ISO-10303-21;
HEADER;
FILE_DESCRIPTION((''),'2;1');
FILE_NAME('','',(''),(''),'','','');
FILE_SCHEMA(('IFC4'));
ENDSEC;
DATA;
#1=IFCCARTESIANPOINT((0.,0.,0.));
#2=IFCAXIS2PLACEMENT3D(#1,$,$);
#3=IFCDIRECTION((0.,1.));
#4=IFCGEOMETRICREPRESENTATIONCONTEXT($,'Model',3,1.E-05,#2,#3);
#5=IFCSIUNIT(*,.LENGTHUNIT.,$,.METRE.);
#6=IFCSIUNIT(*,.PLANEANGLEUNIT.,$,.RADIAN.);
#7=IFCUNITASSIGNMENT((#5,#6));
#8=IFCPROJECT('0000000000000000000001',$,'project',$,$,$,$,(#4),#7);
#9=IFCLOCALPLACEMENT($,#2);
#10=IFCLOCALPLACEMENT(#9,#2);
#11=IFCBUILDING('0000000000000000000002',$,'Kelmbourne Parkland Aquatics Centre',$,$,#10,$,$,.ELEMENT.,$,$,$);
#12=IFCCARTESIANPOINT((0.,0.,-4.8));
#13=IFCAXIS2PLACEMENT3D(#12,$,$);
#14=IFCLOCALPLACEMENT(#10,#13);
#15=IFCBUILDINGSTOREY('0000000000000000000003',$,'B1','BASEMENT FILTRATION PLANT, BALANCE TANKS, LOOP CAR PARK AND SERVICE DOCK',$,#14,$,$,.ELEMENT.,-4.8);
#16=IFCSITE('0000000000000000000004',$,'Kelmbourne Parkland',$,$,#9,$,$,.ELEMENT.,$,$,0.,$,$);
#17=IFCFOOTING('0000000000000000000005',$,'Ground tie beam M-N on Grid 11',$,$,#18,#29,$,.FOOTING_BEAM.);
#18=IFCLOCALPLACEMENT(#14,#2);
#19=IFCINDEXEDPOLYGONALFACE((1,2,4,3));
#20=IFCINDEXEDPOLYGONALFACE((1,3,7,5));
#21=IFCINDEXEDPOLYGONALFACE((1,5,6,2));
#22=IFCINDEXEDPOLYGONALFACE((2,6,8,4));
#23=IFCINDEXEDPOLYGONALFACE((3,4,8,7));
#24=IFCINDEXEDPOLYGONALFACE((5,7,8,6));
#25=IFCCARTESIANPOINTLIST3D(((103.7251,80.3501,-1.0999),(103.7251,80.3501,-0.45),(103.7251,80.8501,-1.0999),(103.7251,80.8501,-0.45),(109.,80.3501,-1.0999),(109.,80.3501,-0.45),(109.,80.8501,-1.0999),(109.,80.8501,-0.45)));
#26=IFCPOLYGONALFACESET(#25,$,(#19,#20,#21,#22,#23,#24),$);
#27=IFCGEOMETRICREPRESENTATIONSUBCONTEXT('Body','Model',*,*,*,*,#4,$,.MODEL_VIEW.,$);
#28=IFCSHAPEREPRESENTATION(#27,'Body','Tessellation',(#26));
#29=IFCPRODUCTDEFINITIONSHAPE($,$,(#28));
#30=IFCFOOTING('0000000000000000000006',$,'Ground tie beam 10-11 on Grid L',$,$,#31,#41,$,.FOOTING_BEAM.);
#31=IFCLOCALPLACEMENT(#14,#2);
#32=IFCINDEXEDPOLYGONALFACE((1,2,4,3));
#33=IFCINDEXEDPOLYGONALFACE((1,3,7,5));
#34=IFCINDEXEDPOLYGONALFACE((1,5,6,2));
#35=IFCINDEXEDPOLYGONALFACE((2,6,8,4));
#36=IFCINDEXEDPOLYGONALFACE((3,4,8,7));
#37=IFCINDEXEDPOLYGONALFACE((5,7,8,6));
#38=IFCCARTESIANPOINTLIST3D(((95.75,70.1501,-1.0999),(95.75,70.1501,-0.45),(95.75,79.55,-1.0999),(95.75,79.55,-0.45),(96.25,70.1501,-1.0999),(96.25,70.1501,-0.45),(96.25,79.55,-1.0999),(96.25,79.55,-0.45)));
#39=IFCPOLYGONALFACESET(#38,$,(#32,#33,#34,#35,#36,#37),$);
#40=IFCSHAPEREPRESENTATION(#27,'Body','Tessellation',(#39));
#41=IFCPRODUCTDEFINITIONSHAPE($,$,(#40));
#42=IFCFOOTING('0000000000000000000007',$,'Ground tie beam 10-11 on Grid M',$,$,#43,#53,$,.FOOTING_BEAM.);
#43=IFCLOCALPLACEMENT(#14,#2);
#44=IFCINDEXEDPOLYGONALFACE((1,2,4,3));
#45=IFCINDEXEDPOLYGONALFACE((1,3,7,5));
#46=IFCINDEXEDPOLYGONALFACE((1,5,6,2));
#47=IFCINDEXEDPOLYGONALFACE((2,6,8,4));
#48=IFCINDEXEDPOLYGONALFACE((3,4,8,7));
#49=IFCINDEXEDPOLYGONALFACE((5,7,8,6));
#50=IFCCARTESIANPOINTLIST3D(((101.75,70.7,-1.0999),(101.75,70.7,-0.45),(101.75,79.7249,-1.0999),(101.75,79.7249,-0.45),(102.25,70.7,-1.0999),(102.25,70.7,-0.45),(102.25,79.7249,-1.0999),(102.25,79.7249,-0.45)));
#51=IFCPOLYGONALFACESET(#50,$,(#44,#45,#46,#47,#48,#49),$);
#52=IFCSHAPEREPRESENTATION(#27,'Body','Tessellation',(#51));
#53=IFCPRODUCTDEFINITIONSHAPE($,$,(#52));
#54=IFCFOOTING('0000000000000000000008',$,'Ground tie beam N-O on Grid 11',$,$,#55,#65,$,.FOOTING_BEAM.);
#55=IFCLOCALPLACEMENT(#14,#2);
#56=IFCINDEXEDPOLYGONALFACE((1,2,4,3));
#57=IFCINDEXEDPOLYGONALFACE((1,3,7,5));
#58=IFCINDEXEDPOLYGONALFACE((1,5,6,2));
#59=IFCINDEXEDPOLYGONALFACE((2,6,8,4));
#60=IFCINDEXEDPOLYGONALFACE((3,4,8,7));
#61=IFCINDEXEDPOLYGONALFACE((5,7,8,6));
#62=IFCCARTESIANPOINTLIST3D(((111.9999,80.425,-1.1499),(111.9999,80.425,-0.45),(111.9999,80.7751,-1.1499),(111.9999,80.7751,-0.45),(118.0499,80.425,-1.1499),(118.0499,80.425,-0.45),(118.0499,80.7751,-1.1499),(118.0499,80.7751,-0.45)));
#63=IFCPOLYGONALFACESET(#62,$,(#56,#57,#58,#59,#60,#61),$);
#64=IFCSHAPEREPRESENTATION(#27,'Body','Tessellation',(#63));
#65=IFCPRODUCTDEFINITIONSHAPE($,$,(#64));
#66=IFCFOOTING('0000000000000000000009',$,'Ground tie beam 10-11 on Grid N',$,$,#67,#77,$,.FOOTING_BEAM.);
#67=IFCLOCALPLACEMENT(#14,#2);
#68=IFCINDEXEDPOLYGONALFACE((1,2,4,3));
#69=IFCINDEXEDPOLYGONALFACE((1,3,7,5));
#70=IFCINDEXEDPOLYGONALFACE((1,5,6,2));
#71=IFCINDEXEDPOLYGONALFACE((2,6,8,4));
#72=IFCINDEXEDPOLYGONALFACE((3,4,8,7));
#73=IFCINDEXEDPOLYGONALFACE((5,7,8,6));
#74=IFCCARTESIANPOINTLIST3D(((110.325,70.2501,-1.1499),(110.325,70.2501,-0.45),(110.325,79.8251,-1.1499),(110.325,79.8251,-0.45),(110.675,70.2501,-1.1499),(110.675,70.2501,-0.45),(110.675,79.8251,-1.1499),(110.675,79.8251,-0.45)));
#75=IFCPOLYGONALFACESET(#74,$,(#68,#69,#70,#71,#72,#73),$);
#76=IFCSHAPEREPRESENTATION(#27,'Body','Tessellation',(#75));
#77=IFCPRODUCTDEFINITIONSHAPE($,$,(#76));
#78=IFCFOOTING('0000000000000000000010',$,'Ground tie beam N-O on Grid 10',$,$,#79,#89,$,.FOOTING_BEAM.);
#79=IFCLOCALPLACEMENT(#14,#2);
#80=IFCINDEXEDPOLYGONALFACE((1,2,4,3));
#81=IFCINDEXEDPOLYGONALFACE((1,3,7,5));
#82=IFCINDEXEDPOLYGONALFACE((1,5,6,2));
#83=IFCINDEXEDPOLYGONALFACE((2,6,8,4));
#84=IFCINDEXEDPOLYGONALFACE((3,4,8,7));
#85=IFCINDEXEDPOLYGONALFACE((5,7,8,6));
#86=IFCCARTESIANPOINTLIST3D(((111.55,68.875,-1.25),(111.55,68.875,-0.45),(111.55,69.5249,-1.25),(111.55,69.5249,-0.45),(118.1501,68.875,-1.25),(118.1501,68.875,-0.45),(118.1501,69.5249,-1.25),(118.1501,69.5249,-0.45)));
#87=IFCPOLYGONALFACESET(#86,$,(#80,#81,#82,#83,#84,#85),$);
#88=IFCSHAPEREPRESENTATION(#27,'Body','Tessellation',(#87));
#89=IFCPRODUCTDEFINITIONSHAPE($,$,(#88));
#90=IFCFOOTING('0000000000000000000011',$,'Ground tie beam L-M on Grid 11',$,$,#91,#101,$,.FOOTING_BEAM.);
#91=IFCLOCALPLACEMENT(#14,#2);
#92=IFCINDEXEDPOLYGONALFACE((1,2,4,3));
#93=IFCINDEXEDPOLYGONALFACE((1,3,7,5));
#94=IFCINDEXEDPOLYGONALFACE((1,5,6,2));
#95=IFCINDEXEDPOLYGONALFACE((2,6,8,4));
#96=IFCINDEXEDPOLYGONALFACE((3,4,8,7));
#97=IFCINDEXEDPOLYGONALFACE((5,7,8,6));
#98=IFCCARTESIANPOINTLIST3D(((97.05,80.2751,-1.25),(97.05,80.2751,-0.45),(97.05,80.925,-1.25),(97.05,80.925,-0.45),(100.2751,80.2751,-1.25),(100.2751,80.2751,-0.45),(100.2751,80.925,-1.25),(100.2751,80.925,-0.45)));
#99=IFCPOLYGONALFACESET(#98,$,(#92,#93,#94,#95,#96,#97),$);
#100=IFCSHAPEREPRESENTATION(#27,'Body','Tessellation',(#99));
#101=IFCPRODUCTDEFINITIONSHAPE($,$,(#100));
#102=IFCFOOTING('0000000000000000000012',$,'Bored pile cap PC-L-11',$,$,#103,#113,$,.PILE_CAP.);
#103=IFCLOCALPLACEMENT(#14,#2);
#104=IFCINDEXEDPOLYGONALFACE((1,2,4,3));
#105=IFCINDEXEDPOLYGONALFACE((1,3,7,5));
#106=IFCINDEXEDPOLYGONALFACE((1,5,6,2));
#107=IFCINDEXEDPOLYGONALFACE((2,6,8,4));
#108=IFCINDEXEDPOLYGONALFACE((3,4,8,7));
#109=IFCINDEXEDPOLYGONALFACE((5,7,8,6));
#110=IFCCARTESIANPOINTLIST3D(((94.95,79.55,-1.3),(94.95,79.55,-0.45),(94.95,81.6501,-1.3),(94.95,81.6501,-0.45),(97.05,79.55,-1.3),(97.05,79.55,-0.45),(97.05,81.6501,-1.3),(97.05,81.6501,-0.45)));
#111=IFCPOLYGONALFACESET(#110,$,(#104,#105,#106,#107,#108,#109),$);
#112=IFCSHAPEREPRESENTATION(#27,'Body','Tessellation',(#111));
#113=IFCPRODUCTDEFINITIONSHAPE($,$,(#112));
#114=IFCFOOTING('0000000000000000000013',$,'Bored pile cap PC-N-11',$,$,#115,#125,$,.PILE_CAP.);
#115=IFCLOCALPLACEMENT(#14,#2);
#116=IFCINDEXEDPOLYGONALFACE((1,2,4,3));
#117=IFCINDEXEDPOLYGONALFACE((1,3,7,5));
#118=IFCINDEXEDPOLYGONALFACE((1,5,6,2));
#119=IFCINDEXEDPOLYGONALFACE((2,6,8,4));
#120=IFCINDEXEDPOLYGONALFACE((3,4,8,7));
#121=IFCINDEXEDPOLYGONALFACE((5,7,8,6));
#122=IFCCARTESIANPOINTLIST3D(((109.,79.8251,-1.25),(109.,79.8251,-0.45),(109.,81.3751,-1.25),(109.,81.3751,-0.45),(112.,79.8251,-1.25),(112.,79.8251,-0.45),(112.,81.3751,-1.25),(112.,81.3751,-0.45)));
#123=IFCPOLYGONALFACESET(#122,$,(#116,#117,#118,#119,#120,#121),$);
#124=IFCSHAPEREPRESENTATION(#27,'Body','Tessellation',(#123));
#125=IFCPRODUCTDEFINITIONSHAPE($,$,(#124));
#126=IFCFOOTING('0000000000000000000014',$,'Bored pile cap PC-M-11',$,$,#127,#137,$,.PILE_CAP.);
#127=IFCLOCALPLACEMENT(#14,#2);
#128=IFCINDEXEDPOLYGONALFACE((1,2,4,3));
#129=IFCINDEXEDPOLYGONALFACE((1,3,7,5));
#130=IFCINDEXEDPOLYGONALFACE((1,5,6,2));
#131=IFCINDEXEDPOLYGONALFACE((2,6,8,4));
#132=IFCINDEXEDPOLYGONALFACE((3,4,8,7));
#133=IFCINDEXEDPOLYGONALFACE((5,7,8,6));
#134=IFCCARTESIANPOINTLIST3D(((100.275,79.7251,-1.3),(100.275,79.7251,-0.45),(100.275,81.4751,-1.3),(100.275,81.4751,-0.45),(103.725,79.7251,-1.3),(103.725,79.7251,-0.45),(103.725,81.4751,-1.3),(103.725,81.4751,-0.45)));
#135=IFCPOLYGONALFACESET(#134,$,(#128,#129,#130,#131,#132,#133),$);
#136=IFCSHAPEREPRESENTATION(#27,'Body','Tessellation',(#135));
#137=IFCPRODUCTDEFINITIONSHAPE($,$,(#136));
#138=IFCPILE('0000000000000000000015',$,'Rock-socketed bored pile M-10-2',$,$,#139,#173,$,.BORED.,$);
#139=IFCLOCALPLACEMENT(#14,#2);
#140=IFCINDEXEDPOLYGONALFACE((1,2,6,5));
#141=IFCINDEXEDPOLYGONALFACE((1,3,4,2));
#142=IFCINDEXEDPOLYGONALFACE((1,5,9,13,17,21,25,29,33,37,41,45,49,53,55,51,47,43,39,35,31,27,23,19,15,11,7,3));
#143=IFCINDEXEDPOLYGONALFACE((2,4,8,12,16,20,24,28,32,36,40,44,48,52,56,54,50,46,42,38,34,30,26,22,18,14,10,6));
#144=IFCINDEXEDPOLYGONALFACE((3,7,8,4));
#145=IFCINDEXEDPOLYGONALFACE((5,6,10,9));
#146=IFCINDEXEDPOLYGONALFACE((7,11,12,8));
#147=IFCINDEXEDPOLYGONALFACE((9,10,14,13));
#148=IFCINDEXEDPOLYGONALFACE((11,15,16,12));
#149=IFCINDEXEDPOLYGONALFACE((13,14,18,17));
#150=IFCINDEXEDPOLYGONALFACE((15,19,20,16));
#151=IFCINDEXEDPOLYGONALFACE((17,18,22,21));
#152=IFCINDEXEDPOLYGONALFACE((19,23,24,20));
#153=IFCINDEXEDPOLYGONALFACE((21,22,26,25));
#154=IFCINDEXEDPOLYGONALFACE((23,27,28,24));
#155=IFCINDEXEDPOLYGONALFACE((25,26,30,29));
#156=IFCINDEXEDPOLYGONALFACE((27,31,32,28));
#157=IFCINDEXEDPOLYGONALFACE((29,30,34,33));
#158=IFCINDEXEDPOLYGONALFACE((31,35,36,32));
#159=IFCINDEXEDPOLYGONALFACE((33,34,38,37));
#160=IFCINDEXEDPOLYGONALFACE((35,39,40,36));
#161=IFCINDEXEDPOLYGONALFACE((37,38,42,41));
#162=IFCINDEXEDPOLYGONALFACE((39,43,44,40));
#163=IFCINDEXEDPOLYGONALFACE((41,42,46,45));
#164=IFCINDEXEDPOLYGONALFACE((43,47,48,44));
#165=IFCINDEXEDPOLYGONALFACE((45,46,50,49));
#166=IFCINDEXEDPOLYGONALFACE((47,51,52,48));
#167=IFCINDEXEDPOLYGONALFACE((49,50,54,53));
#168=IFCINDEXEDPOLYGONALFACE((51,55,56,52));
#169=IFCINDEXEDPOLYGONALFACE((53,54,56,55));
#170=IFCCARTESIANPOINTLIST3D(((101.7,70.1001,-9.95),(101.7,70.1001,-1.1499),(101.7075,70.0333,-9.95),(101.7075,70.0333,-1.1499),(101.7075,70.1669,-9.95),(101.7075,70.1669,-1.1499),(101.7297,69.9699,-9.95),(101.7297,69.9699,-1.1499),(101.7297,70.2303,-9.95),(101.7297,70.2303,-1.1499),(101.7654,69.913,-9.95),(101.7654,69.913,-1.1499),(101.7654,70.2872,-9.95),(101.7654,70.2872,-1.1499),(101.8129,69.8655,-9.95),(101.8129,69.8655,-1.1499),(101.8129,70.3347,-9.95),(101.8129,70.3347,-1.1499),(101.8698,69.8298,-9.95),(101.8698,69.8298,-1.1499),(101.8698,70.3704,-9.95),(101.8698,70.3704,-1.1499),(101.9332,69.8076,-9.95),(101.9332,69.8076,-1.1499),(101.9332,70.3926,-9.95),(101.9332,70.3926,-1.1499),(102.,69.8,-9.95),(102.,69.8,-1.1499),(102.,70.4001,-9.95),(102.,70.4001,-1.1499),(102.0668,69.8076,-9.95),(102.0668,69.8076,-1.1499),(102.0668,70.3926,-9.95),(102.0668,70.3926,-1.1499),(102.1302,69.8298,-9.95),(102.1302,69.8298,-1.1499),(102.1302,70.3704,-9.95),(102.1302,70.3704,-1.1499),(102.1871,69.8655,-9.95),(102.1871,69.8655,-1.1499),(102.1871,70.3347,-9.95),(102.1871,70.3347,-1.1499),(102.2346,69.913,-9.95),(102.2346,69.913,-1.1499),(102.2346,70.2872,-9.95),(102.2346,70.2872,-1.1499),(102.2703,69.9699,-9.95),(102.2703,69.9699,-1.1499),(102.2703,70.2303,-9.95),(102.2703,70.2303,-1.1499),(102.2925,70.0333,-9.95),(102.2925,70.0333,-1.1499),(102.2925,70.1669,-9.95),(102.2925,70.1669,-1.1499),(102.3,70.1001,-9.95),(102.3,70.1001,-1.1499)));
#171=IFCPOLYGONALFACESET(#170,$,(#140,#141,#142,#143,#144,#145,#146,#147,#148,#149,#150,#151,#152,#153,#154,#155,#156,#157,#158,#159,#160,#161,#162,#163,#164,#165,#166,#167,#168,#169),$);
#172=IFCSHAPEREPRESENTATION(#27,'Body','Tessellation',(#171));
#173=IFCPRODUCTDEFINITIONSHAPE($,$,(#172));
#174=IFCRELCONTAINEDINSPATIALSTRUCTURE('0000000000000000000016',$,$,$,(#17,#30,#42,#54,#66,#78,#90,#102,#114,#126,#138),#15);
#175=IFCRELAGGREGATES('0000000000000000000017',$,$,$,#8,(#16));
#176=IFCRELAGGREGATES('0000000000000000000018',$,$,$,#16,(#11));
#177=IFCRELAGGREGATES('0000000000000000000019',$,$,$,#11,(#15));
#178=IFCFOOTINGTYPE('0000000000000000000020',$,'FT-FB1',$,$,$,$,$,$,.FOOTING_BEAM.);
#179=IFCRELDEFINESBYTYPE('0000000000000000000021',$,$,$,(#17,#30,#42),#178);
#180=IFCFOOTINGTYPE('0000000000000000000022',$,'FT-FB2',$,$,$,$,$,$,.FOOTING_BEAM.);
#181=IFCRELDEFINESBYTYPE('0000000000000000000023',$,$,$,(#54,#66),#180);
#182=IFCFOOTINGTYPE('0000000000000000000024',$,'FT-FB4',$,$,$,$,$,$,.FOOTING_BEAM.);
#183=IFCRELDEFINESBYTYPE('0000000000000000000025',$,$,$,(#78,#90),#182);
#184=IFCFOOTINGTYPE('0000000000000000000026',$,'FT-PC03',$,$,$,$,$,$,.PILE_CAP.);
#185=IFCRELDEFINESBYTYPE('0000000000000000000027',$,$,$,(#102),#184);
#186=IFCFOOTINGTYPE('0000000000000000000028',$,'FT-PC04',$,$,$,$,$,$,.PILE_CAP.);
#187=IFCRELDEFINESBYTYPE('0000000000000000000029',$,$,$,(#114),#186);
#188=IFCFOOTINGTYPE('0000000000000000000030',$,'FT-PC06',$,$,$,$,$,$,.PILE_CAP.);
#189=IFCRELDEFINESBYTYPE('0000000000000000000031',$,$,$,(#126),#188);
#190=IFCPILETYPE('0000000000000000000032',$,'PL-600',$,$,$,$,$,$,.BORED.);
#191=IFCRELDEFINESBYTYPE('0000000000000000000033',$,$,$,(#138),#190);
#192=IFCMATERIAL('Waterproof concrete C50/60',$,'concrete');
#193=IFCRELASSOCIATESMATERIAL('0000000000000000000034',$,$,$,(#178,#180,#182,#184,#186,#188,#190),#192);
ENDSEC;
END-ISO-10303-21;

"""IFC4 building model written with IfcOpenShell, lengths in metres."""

from ifc_helpers import new_model, si_unit, direction, frame, origin, origin_2d, place, context, subcontext, project, spatial, rectangle, circle, extrude, material, material_profile, profile_set, type_object, element, save


model = new_model("IFC4")

# Units and contexts
model_context = context("Model", 3, precision=1e-05, world=origin(), true_north=direction((0.0, 1.0)))
body_context = subcontext(model_context, "Body", "Model", "MODEL_VIEW")
ifc_project = project(units=[si_unit("LENGTHUNIT", "METRE"), si_unit("PLANEANGLEUNIT", "RADIAN")], contexts=[model_context])

# Site, building, storey
site_placement = place(None, origin())
site = spatial("IfcSite", under=ifc_project, at=site_placement, Name="Kelmbourne Parkland", CompositionType="ELEMENT", RefElevation=0.0)
building_placement = place(site_placement, origin())
building = spatial("IfcBuilding", under=site, at=building_placement, Name="Kelmbourne Parkland Aquatics Centre", CompositionType="ELEMENT")
storey_placement = place(building_placement, frame((0.0, 0.0, -4.8)))
storey = spatial("IfcBuildingStorey", under=building, at=storey_placement, Name="B1", Description="BASEMENT FILTRATION PLANT, BALANCE TANKS, LOOP CAR PARK AND SERVICE DOCK", CompositionType="ELEMENT", Elevation=-4.8)

# Footings
ifc_material_1 = material(Name="Waterproof concrete C50/60", Category="concrete")
footing_type_1 = type_object("IfcFootingType", Name="FT-FB1", PredefinedType="FOOTING_BEAM", material=ifc_material_1)
footing_1_placement = place(storey_placement, frame((106.3625, 80.6001, -1.0999), z_axis=(0.0, 0.0, 1.0), x_axis=(1.0, 0.0, 0.0)))
element("IfcFooting", 1, at=footing_1_placement, inside=storey, type_object=footing_type_1, Name="Ground tie beam M-N on Grid 11", PredefinedType="FOOTING_BEAM", context=body_context, shape_type="SweptSolid", body=[
    extrude(rectangle(XDim=5.2749, YDim=0.5, at=origin_2d()), origin(), (0.0, 0.0, 1.0), 0.6499),
])
footing_2_placement = place(storey_placement, frame((96.0, 74.8501, -1.0999), z_axis=(0.0, 0.0, 1.0), x_axis=(0.0, 1.0, 0.0)))
element("IfcFooting", 2, at=footing_2_placement, inside=storey, type_object=footing_type_1, Name="Ground tie beam 10-11 on Grid L", PredefinedType="FOOTING_BEAM", context=body_context, shape_type="SweptSolid", body=[
    extrude(rectangle(XDim=9.3999, YDim=0.5, at=origin_2d()), origin(), (0.0, 0.0, 1.0), 0.6499),
])
footing_3_placement = place(storey_placement, frame((102.0, 75.2124, -1.0999), z_axis=(0.0, 0.0, 1.0), x_axis=(0.0, 1.0, 0.0)))
element("IfcFooting", 3, at=footing_3_placement, inside=storey, type_object=footing_type_1, Name="Ground tie beam 10-11 on Grid M", PredefinedType="FOOTING_BEAM", context=body_context, shape_type="SweptSolid", body=[
    extrude(rectangle(XDim=9.0249, YDim=0.5, at=origin_2d()), origin(), (0.0, 0.0, 1.0), 0.6499),
])
footing_type_2 = type_object("IfcFootingType", Name="FT-FB2", PredefinedType="FOOTING_BEAM", material=ifc_material_1)
footing_4_placement = place(storey_placement, frame((115.0249, 80.6001, -1.1499), z_axis=(0.0, 0.0, 1.0), x_axis=(1.0, 0.0, 0.0)))
element("IfcFooting", 4, at=footing_4_placement, inside=storey, type_object=footing_type_2, Name="Ground tie beam N-O on Grid 11", PredefinedType="FOOTING_BEAM", context=body_context, shape_type="SweptSolid", body=[
    extrude(rectangle(XDim=6.05, YDim=0.3501, at=origin_2d()), origin(), (0.0, 0.0, 1.0), 0.7),
])
footing_5_placement = place(storey_placement, frame((110.5, 75.0376, -1.1499), z_axis=(0.0, 0.0, 1.0), x_axis=(0.0, 1.0, 0.0)))
element("IfcFooting", 5, at=footing_5_placement, inside=storey, type_object=footing_type_2, Name="Ground tie beam 10-11 on Grid N", PredefinedType="FOOTING_BEAM", context=body_context, shape_type="SweptSolid", body=[
    extrude(rectangle(XDim=9.575, YDim=0.3501, at=origin_2d()), origin(), (0.0, 0.0, 1.0), 0.7),
])
footing_type_3 = type_object("IfcFootingType", Name="FT-FB4", PredefinedType="FOOTING_BEAM", material=ifc_material_1)
footing_6_placement = place(storey_placement, frame((114.8501, 69.2, -1.25), z_axis=(0.0, 0.0, 1.0), x_axis=(1.0, 0.0, 0.0)))
element("IfcFooting", 6, at=footing_6_placement, inside=storey, type_object=footing_type_3, Name="Ground tie beam N-O on Grid 10", PredefinedType="FOOTING_BEAM", context=body_context, shape_type="SweptSolid", body=[
    extrude(rectangle(XDim=6.6001, YDim=0.6499, at=origin_2d()), origin(), (0.0, 0.0, 1.0), 0.8),
])
footing_7_placement = place(storey_placement, frame((98.6626, 80.6001, -1.25), z_axis=(0.0, 0.0, 1.0), x_axis=(1.0, 0.0, 0.0)))
element("IfcFooting", 7, at=footing_7_placement, inside=storey, type_object=footing_type_3, Name="Ground tie beam L-M on Grid 11", PredefinedType="FOOTING_BEAM", context=body_context, shape_type="SweptSolid", body=[
    extrude(rectangle(XDim=3.2251, YDim=0.6499, at=origin_2d()), origin(), (0.0, 0.0, 1.0), 0.8),
])
footing_type_4 = type_object("IfcFootingType", Name="FT-PC03", PredefinedType="PILE_CAP", material=ifc_material_1)
footing_8_placement = place(storey_placement, frame((96.0, 80.6001, -1.3), z_axis=(0.0, 0.0, 1.0), x_axis=(1.0, 0.0, 0.0)))
element("IfcFooting", 8, at=footing_8_placement, inside=storey, type_object=footing_type_4, Name="Bored pile cap PC-L-11", PredefinedType="PILE_CAP", context=body_context, shape_type="SweptSolid", body=[
    extrude(rectangle(XDim=2.1001, YDim=2.1001, at=origin_2d()), origin(), (0.0, 0.0, 1.0), 0.8501),
])
footing_type_5 = type_object("IfcFootingType", Name="FT-PC04", PredefinedType="PILE_CAP", material=ifc_material_1)
footing_9_placement = place(storey_placement, frame((110.5, 80.6001, -1.25), z_axis=(0.0, 0.0, 1.0), x_axis=(1.0, 0.0, 0.0)))
element("IfcFooting", 9, at=footing_9_placement, inside=storey, type_object=footing_type_5, Name="Bored pile cap PC-N-11", PredefinedType="PILE_CAP", context=body_context, shape_type="SweptSolid", body=[
    extrude(rectangle(XDim=3.0, YDim=1.55, at=origin_2d()), origin(), (0.0, 0.0, 1.0), 0.8),
])
footing_type_6 = type_object("IfcFootingType", Name="FT-PC06", PredefinedType="PILE_CAP", material=ifc_material_1)
footing_10_placement = place(storey_placement, frame((102.0, 80.6001, -1.3), z_axis=(0.0, 0.0, 1.0), x_axis=(1.0, 0.0, 0.0)))
element("IfcFooting", 10, at=footing_10_placement, inside=storey, type_object=footing_type_6, Name="Bored pile cap PC-M-11", PredefinedType="PILE_CAP", context=body_context, shape_type="SweptSolid", body=[
    extrude(rectangle(XDim=3.45, YDim=1.75, at=origin_2d()), origin(), (0.0, 0.0, 1.0), 0.8501),
])

# Pile
ifc_material_profile_1 = material_profile(ifc_material_1, circle(Radius=0.3, at=origin_2d()), Name="PILE D600")
ifc_profile_set_1 = profile_set([ifc_material_profile_1], Name="Waterproof concrete C50/60")
pile_type_1 = type_object("IfcPileType", Name="PL-600", PredefinedType="BORED", material=ifc_profile_set_1)
for number, where, z_axis, x_axis, name in (
    (11, (102.0, 70.1001, -1.1499), (0.0, 0.0, -1.0), (1.0, 0.0, 0.0), "Rock-socketed bored pile M-10-2"),
):
    element("IfcPile", number, at=place(storey_placement, frame(where, z_axis=z_axis, x_axis=x_axis)), inside=storey, type_object=pile_type_1, Name=name, PredefinedType="BORED", context=body_context, shape_type="SweptSolid", body=[
        extrude(circle(Radius=0.3, at=origin_2d()), origin(), (0.0, 0.0, 1.0), 8.8),
    ])

save(model, "model.ifc")
